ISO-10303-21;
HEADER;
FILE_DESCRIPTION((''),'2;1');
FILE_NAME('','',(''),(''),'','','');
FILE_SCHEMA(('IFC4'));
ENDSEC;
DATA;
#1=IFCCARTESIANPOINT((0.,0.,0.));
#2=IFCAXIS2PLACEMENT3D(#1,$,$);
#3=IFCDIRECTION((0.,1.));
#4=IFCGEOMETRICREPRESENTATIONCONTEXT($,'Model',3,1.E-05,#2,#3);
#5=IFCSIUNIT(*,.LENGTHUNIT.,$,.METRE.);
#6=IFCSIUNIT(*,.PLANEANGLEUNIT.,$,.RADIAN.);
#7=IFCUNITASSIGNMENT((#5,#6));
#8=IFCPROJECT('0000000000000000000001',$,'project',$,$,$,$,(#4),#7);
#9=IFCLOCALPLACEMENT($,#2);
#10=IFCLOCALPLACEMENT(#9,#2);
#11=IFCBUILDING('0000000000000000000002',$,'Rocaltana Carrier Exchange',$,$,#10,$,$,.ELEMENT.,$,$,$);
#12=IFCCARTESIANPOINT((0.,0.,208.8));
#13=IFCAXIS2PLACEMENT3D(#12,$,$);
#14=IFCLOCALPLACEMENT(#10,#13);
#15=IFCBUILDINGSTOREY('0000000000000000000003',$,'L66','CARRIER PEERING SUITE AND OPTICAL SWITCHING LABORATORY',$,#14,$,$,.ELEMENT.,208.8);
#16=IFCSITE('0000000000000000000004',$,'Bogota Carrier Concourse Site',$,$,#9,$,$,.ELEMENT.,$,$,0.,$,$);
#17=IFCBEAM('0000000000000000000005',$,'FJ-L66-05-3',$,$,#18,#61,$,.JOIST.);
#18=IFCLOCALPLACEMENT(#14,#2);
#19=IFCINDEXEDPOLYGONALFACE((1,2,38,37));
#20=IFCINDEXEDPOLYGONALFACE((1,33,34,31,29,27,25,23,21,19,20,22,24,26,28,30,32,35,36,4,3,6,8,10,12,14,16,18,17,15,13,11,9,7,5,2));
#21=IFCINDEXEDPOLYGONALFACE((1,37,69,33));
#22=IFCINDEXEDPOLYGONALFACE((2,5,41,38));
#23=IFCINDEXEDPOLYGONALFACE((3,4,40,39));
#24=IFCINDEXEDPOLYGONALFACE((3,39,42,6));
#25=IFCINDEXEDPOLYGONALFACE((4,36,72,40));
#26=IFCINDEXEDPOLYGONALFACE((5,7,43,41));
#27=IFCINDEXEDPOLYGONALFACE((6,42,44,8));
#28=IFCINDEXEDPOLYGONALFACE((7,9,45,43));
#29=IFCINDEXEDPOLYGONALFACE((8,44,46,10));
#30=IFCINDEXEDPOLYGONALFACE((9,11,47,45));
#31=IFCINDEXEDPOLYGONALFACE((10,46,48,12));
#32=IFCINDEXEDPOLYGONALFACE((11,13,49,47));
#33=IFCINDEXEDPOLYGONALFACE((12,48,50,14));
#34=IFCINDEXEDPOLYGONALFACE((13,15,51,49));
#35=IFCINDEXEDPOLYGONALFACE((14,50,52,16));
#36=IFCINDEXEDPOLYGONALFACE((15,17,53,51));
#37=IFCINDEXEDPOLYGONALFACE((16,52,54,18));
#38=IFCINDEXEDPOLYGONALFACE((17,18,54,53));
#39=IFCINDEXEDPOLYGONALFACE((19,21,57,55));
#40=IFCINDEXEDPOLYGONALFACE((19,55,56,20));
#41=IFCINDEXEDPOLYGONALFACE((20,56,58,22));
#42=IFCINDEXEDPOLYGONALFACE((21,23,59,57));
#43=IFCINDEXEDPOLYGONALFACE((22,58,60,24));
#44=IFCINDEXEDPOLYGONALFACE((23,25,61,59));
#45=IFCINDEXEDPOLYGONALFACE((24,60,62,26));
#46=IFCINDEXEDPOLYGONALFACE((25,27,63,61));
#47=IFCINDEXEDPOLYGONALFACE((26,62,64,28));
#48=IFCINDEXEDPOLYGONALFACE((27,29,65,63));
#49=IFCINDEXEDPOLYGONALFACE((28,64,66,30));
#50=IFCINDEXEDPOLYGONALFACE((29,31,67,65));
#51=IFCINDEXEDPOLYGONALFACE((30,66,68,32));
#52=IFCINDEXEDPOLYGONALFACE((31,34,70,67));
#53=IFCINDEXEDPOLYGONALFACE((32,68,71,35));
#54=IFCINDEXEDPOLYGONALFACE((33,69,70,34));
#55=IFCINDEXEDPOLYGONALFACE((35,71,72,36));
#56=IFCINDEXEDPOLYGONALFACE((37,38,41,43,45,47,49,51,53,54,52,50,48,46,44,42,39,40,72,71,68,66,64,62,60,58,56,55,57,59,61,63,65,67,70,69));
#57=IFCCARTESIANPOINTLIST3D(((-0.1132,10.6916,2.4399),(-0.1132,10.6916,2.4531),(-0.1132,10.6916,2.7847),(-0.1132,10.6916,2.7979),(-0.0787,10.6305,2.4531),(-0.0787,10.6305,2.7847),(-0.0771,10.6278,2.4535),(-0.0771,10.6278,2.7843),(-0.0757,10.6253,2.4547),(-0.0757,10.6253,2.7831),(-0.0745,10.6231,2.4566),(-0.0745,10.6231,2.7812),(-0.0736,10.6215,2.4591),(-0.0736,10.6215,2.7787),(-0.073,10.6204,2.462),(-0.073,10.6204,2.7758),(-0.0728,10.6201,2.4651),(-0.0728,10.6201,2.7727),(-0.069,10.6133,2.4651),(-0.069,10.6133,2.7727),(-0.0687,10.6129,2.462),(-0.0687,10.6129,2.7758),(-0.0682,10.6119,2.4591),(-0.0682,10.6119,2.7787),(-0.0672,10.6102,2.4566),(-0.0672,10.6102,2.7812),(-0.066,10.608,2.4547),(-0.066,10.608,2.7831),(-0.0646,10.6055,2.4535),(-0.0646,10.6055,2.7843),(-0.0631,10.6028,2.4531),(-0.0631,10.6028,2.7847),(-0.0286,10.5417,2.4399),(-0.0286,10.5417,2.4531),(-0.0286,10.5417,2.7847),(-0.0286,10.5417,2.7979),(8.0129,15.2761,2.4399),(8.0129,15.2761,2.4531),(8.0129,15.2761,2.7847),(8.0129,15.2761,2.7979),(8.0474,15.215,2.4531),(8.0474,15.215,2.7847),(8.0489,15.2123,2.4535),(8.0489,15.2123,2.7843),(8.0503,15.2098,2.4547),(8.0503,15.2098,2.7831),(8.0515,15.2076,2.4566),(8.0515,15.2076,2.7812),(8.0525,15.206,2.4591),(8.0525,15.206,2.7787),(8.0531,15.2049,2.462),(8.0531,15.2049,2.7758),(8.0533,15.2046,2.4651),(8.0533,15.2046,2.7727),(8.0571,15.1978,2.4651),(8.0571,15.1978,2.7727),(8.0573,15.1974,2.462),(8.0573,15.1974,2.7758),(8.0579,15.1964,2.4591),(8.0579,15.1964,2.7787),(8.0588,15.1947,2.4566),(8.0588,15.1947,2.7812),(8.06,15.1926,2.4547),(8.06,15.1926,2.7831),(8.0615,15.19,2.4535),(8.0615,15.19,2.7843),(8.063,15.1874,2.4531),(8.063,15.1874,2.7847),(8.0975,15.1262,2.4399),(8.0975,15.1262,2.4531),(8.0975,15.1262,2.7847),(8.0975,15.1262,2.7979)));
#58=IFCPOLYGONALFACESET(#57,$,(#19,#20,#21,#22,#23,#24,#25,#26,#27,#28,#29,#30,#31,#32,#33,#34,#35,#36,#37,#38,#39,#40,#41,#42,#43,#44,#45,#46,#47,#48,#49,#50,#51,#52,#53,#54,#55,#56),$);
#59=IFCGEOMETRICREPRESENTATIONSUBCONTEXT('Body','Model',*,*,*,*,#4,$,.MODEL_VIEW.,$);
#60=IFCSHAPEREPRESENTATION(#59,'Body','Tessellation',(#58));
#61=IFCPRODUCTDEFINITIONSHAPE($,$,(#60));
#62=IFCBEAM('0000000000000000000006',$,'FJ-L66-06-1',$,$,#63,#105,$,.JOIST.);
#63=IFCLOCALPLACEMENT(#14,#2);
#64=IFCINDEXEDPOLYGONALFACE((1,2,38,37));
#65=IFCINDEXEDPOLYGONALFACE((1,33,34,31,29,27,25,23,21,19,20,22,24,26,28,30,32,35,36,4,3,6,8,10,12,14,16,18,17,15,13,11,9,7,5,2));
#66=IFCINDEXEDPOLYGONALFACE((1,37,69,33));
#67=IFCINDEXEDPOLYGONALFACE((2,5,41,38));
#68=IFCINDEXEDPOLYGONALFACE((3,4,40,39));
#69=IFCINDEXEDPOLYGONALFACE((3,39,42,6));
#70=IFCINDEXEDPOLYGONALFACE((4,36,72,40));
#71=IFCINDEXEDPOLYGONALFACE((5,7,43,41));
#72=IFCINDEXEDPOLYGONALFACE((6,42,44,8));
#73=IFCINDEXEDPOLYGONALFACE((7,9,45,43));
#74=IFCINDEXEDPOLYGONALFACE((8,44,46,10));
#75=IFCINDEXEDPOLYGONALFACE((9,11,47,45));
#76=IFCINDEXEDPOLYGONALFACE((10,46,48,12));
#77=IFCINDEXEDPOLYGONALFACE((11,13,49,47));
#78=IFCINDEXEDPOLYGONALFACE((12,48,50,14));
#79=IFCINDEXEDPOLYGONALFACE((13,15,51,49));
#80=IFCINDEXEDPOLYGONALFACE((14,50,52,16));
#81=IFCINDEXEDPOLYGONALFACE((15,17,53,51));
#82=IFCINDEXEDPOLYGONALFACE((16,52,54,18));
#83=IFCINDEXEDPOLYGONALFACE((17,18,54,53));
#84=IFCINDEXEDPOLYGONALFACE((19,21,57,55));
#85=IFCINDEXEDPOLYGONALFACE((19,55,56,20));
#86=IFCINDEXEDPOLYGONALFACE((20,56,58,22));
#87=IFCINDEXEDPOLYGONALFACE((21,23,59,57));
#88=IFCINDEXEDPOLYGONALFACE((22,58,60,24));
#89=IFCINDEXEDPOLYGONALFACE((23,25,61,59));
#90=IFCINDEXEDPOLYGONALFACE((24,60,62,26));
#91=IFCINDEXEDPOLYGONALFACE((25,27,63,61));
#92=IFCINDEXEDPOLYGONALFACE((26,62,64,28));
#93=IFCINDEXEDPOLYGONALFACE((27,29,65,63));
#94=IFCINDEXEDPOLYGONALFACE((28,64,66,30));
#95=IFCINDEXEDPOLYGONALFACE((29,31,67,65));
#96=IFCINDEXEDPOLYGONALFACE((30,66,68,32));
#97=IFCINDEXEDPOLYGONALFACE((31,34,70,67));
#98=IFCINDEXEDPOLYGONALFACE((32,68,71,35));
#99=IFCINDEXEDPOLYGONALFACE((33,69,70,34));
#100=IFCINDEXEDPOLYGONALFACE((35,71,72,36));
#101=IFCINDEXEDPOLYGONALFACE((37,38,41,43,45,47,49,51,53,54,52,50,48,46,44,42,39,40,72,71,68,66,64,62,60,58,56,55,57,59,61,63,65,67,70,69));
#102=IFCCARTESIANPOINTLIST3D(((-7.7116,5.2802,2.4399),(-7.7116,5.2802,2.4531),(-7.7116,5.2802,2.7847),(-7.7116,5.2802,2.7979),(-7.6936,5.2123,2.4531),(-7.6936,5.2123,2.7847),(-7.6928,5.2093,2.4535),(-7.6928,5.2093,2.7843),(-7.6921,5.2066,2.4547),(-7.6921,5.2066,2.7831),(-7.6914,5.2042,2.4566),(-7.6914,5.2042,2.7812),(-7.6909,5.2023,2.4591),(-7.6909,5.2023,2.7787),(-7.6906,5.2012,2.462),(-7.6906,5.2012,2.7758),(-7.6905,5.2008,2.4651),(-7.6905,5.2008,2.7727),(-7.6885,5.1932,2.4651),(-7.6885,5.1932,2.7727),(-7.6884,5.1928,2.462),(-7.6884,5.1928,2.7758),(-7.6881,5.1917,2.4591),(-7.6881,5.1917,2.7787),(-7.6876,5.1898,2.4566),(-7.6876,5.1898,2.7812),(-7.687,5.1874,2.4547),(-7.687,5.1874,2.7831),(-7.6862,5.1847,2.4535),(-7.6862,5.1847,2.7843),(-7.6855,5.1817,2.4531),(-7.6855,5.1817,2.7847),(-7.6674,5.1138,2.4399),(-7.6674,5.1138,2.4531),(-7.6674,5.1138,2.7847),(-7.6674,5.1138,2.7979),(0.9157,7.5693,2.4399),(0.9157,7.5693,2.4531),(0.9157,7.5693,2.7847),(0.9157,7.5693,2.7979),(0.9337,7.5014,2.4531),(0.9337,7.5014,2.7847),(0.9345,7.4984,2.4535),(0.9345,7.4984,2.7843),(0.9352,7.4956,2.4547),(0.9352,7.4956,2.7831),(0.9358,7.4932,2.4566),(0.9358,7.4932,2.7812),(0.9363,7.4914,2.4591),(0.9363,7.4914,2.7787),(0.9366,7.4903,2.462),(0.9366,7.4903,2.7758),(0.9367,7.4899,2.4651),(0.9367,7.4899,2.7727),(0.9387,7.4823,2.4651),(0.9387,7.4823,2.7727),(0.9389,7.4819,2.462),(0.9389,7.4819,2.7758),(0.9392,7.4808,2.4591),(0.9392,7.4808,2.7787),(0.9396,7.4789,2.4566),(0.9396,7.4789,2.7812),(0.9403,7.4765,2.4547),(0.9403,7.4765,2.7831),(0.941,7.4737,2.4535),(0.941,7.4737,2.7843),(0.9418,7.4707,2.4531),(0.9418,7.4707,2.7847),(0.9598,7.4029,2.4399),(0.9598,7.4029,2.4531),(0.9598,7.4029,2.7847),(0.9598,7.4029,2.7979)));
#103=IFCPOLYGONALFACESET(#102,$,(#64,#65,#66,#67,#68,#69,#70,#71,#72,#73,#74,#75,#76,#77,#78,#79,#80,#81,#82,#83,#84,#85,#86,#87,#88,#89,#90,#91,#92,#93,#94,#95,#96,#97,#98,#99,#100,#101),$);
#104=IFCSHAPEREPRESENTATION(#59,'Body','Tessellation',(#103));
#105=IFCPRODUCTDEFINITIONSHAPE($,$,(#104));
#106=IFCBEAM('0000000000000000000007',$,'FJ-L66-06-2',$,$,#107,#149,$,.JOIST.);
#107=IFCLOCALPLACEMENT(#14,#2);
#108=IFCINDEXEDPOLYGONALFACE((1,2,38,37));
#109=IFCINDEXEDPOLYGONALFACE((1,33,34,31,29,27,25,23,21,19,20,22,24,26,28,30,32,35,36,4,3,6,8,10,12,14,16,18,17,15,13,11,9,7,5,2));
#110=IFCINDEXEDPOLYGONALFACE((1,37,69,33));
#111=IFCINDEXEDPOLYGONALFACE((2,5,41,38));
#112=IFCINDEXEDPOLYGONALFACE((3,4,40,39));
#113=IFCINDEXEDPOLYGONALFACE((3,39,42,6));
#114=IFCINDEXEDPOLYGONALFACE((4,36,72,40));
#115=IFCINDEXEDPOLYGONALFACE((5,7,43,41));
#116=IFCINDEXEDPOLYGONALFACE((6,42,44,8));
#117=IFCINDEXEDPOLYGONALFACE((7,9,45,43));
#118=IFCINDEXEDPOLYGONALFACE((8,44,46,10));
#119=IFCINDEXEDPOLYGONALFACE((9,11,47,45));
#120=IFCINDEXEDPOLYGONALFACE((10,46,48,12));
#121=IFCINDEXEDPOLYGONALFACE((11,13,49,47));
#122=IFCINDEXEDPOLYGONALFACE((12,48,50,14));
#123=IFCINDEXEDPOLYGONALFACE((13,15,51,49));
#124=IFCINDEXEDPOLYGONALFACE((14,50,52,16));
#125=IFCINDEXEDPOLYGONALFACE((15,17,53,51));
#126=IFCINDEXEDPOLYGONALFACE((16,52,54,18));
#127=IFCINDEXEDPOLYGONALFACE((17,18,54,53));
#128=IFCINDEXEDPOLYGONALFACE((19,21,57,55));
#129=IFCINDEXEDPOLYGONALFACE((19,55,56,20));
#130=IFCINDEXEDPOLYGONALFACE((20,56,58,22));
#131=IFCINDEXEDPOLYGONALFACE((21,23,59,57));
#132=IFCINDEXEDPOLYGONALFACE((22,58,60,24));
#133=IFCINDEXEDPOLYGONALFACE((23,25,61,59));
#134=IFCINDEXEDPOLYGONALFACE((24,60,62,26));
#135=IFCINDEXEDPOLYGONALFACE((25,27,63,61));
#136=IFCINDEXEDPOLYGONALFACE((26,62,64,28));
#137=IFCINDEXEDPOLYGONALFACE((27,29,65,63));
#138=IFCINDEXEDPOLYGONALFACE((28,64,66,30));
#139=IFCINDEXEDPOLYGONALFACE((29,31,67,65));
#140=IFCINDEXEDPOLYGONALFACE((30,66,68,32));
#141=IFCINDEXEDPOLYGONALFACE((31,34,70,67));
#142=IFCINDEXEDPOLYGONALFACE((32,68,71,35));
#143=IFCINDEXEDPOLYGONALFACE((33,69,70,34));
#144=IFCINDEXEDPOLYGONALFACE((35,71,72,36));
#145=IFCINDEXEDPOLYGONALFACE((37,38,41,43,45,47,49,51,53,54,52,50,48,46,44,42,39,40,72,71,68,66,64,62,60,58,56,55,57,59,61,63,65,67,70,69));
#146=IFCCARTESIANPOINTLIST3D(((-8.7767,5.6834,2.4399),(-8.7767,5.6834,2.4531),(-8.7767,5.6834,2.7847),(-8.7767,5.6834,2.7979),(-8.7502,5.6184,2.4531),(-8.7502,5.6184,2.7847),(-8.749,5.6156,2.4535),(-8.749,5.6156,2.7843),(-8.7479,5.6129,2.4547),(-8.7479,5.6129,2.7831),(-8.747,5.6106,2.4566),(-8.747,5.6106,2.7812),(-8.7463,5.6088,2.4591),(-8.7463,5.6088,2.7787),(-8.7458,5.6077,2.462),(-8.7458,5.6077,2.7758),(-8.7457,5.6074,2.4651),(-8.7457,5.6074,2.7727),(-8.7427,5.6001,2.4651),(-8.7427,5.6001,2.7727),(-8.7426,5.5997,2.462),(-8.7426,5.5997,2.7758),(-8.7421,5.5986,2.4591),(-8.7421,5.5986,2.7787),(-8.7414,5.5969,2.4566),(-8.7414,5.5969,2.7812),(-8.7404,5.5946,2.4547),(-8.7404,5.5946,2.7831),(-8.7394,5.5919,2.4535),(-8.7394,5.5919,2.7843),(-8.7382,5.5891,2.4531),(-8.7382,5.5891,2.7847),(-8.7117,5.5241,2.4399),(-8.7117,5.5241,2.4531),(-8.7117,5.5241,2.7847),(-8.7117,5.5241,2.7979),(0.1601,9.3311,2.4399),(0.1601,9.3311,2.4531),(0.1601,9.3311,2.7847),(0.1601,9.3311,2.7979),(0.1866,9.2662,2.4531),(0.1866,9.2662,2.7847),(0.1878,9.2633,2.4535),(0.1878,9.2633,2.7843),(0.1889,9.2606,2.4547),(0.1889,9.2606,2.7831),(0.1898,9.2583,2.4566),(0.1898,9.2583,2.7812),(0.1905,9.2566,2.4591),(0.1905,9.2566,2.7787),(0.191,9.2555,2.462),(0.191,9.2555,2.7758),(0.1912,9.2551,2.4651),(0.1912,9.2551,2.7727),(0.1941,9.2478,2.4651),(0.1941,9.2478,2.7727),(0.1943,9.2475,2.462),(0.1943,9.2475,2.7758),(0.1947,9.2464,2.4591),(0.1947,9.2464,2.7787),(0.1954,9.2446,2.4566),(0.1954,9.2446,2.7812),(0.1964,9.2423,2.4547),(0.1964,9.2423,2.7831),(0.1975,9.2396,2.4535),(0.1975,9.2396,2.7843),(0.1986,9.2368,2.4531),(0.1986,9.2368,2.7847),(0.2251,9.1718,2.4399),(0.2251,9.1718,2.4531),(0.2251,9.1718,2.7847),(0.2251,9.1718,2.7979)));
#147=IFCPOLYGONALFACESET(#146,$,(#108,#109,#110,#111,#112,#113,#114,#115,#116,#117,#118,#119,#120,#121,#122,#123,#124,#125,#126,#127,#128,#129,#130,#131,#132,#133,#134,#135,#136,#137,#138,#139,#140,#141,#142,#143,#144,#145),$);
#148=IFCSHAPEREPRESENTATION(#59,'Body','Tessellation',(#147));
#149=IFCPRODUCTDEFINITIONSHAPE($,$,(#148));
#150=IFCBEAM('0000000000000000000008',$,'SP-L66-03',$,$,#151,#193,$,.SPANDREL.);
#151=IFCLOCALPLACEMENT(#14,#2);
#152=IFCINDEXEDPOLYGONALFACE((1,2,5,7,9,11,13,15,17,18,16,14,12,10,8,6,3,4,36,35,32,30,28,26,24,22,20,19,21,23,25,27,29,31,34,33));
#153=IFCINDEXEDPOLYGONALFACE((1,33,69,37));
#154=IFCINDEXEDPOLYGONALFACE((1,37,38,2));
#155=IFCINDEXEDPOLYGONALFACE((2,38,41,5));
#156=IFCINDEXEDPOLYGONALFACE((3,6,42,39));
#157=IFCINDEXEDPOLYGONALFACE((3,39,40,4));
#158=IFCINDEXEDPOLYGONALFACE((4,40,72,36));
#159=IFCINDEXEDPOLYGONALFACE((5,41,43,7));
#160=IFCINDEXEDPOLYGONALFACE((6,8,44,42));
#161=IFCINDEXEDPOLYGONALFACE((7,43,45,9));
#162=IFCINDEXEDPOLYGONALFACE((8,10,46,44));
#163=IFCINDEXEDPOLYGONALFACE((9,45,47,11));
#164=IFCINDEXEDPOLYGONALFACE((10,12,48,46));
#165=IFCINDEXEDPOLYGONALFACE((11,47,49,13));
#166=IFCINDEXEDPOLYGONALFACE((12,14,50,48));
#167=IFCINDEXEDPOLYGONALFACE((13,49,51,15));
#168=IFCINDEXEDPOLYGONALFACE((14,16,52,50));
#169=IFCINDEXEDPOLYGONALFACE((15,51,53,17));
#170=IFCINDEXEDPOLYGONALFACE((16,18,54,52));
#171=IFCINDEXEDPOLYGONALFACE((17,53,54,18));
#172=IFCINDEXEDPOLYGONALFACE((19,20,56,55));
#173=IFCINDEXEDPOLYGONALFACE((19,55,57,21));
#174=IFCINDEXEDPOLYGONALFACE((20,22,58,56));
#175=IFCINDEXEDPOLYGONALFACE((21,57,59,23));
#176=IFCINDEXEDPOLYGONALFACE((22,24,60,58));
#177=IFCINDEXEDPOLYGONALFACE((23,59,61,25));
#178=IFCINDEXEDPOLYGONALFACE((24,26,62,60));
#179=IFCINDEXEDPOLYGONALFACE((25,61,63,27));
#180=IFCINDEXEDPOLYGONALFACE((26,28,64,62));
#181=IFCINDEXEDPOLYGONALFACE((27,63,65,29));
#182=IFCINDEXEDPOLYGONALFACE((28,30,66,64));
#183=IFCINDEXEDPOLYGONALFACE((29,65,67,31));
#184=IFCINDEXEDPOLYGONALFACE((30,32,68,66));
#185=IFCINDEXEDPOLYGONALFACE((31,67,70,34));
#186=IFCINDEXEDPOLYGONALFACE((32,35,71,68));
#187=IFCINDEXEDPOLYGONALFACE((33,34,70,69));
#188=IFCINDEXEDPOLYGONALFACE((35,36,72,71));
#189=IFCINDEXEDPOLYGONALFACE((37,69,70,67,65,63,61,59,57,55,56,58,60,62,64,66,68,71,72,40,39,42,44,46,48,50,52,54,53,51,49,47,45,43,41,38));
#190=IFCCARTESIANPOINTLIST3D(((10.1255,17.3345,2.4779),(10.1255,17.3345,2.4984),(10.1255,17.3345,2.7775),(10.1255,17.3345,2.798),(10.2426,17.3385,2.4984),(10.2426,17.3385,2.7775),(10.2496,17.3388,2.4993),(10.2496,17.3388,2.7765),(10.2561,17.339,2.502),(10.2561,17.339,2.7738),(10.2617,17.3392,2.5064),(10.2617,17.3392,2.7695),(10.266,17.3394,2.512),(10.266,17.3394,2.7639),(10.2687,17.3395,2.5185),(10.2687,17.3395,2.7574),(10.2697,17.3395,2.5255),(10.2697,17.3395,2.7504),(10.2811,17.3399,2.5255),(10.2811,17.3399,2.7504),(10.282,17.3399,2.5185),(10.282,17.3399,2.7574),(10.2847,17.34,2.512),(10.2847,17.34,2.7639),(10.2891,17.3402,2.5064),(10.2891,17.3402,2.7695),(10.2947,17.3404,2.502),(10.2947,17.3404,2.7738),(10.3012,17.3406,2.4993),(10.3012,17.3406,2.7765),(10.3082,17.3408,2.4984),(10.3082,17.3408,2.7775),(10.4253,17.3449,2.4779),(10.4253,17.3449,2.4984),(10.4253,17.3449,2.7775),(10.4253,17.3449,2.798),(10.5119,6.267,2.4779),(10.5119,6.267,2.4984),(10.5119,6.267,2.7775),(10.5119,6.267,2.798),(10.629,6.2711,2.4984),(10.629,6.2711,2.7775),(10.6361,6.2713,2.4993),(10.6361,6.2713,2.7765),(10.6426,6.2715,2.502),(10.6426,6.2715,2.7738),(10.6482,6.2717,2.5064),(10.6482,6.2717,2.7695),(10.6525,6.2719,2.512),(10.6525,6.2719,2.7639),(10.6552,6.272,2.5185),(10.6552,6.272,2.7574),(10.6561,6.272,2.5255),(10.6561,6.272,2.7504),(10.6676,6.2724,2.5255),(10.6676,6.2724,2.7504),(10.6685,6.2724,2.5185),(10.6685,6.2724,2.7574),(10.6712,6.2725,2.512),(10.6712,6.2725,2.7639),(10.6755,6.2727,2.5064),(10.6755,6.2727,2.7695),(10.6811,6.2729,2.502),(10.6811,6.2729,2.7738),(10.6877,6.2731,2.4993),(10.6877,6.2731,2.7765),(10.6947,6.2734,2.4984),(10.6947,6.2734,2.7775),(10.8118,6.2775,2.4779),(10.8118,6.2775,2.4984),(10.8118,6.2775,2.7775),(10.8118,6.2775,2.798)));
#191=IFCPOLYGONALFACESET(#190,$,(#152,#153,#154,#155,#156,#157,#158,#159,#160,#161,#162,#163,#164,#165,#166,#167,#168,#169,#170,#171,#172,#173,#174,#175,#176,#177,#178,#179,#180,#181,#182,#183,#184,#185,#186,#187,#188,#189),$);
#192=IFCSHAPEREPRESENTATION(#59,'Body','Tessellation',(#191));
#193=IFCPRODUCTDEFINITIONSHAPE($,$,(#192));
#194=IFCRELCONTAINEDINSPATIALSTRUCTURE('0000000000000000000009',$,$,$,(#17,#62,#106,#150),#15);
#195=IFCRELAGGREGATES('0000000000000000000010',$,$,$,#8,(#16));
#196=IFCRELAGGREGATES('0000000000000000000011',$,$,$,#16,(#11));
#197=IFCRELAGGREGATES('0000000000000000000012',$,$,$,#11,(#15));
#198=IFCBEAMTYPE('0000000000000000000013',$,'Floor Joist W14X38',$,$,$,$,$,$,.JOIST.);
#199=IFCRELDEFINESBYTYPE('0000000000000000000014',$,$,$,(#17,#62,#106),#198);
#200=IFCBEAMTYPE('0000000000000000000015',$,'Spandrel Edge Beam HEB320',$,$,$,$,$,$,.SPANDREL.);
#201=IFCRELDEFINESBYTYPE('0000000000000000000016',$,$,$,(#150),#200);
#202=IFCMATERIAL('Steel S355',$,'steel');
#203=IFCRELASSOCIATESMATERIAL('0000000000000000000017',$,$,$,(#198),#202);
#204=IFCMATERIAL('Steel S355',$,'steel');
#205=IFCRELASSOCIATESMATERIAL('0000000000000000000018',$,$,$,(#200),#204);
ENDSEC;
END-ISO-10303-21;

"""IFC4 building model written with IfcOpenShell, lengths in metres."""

from ifc_helpers import new_model, si_unit, direction, frame, origin, origin_2d, place, context, subcontext, project, spatial, i_section, extrude, material, material_profile, profile_set, type_object, element, save


model = new_model("IFC4")

# Units and contexts
model_context = context("Model", 3, precision=1e-05, world=origin(), true_north=direction((0.0, 1.0)))
body_context = subcontext(model_context, "Body", "Model", "MODEL_VIEW")
ifc_project = project(units=[si_unit("LENGTHUNIT", "METRE"), si_unit("PLANEANGLEUNIT", "RADIAN")], contexts=[model_context])

# Site, building, storey
site_placement = place(None, origin())
site = spatial("IfcSite", under=ifc_project, at=site_placement, Name="Bogota Carrier Concourse Site", CompositionType="ELEMENT", RefElevation=0.0)
building_placement = place(site_placement, origin())
building = spatial("IfcBuilding", under=site, at=building_placement, Name="Rocaltana Carrier Exchange", CompositionType="ELEMENT")
storey_placement = place(building_placement, frame((0.0, 0.0, 208.8)))
storey = spatial("IfcBuildingStorey", under=building, at=storey_placement, Name="L66", Description="CARRIER PEERING SUITE AND OPTICAL SWITCHING LABORATORY", CompositionType="ELEMENT", Elevation=208.8)

# Beams
ifc_material_1 = material(Name="Steel S355", Category="steel")
ifc_material_profile_1 = material_profile(ifc_material_1, i_section(OverallWidth=0.1721, OverallDepth=0.3579, WebThickness=0.0078, FlangeThickness=0.0132, FilletRadius=0.012, at=origin_2d()), Name="W14X38")
ifc_profile_set_1 = profile_set([ifc_material_profile_1], Name="Steel S355")
beam_type_1 = type_object("IfcBeamType", Name="Floor Joist W14X38", PredefinedType="JOIST", material=ifc_profile_set_1)
beam_1_placement = place(storey_placement, frame((8.0552, 15.2012, 2.6189), z_axis=(-0.870951, -0.491369, 0.0), x_axis=(0.491369, -0.870951, 0.0)))
element("IfcBeam", 1, at=beam_1_placement, inside=storey, type_object=beam_type_1, Name="FJ-L66-05-3", PredefinedType="JOIST", context=body_context, shape_type="SweptSolid", body=[
    extrude(i_section(OverallWidth=0.1721, OverallDepth=0.3579, WebThickness=0.0078, FlangeThickness=0.0132, FilletRadius=0.012, at=origin_2d()), origin(), (0.0, 0.0, 1.0), 9.3301),
])
beam_2_placement = place(storey_placement, frame((0.9377, 7.4861, 2.6189), z_axis=(-0.966556, -0.256457, 0.0), x_axis=(0.256457, -0.966556, 0.0)))
element("IfcBeam", 2, at=beam_2_placement, inside=storey, type_object=beam_type_1, Name="FJ-L66-06-1", PredefinedType="JOIST", context=body_context, shape_type="SweptSolid", body=[
    extrude(i_section(OverallWidth=0.1721, OverallDepth=0.3579, WebThickness=0.0078, FlangeThickness=0.0132, FilletRadius=0.012, at=origin_2d()), origin(), (0.0, 0.0, 1.0), 8.9258),
])
beam_3_placement = place(storey_placement, frame((0.1926, 9.2515, 2.6189), z_axis=(-0.925846, -0.377901, 0.0), x_axis=(0.377901, -0.925846, 0.0)))
element("IfcBeam", 3, at=beam_3_placement, inside=storey, type_object=beam_type_1, Name="FJ-L66-06-2", PredefinedType="JOIST", context=body_context, shape_type="SweptSolid", body=[
    extrude(i_section(OverallWidth=0.1721, OverallDepth=0.3579, WebThickness=0.0078, FlangeThickness=0.0132, FilletRadius=0.012, at=origin_2d()), origin(), (0.0, 0.0, 1.0), 9.6526),
])
ifc_material_2 = material(Name="Steel S355", Category="steel")
ifc_material_profile_2 = material_profile(ifc_material_2, i_section(OverallWidth=0.3, OverallDepth=0.3201, WebThickness=0.0115, FlangeThickness=0.0205, FilletRadius=0.0271, at=origin_2d()), Name="HEB320")
ifc_profile_set_2 = profile_set([ifc_material_profile_2], Name="Steel S355")
beam_type_2 = type_object("IfcBeamType", Name="Spandrel Edge Beam HEB320", PredefinedType="SPANDREL", material=ifc_profile_set_2)
beam_4_placement = place(storey_placement, frame((10.6619, 6.2722, 2.6379), z_axis=(-0.034899, 0.999391, 0.0), x_axis=(-0.999391, -0.034899, 0.0)))
element("IfcBeam", 4, at=beam_4_placement, inside=storey, type_object=beam_type_2, Name="SP-L66-03", PredefinedType="SPANDREL", context=body_context, shape_type="SweptSolid", body=[
    extrude(i_section(OverallWidth=0.3, OverallDepth=0.3201, WebThickness=0.0115, FlangeThickness=0.0205, FilletRadius=0.0271, at=origin_2d()), origin(), (0.0, 0.0, 1.0), 11.0742),
])

save(model, "model.ifc")
